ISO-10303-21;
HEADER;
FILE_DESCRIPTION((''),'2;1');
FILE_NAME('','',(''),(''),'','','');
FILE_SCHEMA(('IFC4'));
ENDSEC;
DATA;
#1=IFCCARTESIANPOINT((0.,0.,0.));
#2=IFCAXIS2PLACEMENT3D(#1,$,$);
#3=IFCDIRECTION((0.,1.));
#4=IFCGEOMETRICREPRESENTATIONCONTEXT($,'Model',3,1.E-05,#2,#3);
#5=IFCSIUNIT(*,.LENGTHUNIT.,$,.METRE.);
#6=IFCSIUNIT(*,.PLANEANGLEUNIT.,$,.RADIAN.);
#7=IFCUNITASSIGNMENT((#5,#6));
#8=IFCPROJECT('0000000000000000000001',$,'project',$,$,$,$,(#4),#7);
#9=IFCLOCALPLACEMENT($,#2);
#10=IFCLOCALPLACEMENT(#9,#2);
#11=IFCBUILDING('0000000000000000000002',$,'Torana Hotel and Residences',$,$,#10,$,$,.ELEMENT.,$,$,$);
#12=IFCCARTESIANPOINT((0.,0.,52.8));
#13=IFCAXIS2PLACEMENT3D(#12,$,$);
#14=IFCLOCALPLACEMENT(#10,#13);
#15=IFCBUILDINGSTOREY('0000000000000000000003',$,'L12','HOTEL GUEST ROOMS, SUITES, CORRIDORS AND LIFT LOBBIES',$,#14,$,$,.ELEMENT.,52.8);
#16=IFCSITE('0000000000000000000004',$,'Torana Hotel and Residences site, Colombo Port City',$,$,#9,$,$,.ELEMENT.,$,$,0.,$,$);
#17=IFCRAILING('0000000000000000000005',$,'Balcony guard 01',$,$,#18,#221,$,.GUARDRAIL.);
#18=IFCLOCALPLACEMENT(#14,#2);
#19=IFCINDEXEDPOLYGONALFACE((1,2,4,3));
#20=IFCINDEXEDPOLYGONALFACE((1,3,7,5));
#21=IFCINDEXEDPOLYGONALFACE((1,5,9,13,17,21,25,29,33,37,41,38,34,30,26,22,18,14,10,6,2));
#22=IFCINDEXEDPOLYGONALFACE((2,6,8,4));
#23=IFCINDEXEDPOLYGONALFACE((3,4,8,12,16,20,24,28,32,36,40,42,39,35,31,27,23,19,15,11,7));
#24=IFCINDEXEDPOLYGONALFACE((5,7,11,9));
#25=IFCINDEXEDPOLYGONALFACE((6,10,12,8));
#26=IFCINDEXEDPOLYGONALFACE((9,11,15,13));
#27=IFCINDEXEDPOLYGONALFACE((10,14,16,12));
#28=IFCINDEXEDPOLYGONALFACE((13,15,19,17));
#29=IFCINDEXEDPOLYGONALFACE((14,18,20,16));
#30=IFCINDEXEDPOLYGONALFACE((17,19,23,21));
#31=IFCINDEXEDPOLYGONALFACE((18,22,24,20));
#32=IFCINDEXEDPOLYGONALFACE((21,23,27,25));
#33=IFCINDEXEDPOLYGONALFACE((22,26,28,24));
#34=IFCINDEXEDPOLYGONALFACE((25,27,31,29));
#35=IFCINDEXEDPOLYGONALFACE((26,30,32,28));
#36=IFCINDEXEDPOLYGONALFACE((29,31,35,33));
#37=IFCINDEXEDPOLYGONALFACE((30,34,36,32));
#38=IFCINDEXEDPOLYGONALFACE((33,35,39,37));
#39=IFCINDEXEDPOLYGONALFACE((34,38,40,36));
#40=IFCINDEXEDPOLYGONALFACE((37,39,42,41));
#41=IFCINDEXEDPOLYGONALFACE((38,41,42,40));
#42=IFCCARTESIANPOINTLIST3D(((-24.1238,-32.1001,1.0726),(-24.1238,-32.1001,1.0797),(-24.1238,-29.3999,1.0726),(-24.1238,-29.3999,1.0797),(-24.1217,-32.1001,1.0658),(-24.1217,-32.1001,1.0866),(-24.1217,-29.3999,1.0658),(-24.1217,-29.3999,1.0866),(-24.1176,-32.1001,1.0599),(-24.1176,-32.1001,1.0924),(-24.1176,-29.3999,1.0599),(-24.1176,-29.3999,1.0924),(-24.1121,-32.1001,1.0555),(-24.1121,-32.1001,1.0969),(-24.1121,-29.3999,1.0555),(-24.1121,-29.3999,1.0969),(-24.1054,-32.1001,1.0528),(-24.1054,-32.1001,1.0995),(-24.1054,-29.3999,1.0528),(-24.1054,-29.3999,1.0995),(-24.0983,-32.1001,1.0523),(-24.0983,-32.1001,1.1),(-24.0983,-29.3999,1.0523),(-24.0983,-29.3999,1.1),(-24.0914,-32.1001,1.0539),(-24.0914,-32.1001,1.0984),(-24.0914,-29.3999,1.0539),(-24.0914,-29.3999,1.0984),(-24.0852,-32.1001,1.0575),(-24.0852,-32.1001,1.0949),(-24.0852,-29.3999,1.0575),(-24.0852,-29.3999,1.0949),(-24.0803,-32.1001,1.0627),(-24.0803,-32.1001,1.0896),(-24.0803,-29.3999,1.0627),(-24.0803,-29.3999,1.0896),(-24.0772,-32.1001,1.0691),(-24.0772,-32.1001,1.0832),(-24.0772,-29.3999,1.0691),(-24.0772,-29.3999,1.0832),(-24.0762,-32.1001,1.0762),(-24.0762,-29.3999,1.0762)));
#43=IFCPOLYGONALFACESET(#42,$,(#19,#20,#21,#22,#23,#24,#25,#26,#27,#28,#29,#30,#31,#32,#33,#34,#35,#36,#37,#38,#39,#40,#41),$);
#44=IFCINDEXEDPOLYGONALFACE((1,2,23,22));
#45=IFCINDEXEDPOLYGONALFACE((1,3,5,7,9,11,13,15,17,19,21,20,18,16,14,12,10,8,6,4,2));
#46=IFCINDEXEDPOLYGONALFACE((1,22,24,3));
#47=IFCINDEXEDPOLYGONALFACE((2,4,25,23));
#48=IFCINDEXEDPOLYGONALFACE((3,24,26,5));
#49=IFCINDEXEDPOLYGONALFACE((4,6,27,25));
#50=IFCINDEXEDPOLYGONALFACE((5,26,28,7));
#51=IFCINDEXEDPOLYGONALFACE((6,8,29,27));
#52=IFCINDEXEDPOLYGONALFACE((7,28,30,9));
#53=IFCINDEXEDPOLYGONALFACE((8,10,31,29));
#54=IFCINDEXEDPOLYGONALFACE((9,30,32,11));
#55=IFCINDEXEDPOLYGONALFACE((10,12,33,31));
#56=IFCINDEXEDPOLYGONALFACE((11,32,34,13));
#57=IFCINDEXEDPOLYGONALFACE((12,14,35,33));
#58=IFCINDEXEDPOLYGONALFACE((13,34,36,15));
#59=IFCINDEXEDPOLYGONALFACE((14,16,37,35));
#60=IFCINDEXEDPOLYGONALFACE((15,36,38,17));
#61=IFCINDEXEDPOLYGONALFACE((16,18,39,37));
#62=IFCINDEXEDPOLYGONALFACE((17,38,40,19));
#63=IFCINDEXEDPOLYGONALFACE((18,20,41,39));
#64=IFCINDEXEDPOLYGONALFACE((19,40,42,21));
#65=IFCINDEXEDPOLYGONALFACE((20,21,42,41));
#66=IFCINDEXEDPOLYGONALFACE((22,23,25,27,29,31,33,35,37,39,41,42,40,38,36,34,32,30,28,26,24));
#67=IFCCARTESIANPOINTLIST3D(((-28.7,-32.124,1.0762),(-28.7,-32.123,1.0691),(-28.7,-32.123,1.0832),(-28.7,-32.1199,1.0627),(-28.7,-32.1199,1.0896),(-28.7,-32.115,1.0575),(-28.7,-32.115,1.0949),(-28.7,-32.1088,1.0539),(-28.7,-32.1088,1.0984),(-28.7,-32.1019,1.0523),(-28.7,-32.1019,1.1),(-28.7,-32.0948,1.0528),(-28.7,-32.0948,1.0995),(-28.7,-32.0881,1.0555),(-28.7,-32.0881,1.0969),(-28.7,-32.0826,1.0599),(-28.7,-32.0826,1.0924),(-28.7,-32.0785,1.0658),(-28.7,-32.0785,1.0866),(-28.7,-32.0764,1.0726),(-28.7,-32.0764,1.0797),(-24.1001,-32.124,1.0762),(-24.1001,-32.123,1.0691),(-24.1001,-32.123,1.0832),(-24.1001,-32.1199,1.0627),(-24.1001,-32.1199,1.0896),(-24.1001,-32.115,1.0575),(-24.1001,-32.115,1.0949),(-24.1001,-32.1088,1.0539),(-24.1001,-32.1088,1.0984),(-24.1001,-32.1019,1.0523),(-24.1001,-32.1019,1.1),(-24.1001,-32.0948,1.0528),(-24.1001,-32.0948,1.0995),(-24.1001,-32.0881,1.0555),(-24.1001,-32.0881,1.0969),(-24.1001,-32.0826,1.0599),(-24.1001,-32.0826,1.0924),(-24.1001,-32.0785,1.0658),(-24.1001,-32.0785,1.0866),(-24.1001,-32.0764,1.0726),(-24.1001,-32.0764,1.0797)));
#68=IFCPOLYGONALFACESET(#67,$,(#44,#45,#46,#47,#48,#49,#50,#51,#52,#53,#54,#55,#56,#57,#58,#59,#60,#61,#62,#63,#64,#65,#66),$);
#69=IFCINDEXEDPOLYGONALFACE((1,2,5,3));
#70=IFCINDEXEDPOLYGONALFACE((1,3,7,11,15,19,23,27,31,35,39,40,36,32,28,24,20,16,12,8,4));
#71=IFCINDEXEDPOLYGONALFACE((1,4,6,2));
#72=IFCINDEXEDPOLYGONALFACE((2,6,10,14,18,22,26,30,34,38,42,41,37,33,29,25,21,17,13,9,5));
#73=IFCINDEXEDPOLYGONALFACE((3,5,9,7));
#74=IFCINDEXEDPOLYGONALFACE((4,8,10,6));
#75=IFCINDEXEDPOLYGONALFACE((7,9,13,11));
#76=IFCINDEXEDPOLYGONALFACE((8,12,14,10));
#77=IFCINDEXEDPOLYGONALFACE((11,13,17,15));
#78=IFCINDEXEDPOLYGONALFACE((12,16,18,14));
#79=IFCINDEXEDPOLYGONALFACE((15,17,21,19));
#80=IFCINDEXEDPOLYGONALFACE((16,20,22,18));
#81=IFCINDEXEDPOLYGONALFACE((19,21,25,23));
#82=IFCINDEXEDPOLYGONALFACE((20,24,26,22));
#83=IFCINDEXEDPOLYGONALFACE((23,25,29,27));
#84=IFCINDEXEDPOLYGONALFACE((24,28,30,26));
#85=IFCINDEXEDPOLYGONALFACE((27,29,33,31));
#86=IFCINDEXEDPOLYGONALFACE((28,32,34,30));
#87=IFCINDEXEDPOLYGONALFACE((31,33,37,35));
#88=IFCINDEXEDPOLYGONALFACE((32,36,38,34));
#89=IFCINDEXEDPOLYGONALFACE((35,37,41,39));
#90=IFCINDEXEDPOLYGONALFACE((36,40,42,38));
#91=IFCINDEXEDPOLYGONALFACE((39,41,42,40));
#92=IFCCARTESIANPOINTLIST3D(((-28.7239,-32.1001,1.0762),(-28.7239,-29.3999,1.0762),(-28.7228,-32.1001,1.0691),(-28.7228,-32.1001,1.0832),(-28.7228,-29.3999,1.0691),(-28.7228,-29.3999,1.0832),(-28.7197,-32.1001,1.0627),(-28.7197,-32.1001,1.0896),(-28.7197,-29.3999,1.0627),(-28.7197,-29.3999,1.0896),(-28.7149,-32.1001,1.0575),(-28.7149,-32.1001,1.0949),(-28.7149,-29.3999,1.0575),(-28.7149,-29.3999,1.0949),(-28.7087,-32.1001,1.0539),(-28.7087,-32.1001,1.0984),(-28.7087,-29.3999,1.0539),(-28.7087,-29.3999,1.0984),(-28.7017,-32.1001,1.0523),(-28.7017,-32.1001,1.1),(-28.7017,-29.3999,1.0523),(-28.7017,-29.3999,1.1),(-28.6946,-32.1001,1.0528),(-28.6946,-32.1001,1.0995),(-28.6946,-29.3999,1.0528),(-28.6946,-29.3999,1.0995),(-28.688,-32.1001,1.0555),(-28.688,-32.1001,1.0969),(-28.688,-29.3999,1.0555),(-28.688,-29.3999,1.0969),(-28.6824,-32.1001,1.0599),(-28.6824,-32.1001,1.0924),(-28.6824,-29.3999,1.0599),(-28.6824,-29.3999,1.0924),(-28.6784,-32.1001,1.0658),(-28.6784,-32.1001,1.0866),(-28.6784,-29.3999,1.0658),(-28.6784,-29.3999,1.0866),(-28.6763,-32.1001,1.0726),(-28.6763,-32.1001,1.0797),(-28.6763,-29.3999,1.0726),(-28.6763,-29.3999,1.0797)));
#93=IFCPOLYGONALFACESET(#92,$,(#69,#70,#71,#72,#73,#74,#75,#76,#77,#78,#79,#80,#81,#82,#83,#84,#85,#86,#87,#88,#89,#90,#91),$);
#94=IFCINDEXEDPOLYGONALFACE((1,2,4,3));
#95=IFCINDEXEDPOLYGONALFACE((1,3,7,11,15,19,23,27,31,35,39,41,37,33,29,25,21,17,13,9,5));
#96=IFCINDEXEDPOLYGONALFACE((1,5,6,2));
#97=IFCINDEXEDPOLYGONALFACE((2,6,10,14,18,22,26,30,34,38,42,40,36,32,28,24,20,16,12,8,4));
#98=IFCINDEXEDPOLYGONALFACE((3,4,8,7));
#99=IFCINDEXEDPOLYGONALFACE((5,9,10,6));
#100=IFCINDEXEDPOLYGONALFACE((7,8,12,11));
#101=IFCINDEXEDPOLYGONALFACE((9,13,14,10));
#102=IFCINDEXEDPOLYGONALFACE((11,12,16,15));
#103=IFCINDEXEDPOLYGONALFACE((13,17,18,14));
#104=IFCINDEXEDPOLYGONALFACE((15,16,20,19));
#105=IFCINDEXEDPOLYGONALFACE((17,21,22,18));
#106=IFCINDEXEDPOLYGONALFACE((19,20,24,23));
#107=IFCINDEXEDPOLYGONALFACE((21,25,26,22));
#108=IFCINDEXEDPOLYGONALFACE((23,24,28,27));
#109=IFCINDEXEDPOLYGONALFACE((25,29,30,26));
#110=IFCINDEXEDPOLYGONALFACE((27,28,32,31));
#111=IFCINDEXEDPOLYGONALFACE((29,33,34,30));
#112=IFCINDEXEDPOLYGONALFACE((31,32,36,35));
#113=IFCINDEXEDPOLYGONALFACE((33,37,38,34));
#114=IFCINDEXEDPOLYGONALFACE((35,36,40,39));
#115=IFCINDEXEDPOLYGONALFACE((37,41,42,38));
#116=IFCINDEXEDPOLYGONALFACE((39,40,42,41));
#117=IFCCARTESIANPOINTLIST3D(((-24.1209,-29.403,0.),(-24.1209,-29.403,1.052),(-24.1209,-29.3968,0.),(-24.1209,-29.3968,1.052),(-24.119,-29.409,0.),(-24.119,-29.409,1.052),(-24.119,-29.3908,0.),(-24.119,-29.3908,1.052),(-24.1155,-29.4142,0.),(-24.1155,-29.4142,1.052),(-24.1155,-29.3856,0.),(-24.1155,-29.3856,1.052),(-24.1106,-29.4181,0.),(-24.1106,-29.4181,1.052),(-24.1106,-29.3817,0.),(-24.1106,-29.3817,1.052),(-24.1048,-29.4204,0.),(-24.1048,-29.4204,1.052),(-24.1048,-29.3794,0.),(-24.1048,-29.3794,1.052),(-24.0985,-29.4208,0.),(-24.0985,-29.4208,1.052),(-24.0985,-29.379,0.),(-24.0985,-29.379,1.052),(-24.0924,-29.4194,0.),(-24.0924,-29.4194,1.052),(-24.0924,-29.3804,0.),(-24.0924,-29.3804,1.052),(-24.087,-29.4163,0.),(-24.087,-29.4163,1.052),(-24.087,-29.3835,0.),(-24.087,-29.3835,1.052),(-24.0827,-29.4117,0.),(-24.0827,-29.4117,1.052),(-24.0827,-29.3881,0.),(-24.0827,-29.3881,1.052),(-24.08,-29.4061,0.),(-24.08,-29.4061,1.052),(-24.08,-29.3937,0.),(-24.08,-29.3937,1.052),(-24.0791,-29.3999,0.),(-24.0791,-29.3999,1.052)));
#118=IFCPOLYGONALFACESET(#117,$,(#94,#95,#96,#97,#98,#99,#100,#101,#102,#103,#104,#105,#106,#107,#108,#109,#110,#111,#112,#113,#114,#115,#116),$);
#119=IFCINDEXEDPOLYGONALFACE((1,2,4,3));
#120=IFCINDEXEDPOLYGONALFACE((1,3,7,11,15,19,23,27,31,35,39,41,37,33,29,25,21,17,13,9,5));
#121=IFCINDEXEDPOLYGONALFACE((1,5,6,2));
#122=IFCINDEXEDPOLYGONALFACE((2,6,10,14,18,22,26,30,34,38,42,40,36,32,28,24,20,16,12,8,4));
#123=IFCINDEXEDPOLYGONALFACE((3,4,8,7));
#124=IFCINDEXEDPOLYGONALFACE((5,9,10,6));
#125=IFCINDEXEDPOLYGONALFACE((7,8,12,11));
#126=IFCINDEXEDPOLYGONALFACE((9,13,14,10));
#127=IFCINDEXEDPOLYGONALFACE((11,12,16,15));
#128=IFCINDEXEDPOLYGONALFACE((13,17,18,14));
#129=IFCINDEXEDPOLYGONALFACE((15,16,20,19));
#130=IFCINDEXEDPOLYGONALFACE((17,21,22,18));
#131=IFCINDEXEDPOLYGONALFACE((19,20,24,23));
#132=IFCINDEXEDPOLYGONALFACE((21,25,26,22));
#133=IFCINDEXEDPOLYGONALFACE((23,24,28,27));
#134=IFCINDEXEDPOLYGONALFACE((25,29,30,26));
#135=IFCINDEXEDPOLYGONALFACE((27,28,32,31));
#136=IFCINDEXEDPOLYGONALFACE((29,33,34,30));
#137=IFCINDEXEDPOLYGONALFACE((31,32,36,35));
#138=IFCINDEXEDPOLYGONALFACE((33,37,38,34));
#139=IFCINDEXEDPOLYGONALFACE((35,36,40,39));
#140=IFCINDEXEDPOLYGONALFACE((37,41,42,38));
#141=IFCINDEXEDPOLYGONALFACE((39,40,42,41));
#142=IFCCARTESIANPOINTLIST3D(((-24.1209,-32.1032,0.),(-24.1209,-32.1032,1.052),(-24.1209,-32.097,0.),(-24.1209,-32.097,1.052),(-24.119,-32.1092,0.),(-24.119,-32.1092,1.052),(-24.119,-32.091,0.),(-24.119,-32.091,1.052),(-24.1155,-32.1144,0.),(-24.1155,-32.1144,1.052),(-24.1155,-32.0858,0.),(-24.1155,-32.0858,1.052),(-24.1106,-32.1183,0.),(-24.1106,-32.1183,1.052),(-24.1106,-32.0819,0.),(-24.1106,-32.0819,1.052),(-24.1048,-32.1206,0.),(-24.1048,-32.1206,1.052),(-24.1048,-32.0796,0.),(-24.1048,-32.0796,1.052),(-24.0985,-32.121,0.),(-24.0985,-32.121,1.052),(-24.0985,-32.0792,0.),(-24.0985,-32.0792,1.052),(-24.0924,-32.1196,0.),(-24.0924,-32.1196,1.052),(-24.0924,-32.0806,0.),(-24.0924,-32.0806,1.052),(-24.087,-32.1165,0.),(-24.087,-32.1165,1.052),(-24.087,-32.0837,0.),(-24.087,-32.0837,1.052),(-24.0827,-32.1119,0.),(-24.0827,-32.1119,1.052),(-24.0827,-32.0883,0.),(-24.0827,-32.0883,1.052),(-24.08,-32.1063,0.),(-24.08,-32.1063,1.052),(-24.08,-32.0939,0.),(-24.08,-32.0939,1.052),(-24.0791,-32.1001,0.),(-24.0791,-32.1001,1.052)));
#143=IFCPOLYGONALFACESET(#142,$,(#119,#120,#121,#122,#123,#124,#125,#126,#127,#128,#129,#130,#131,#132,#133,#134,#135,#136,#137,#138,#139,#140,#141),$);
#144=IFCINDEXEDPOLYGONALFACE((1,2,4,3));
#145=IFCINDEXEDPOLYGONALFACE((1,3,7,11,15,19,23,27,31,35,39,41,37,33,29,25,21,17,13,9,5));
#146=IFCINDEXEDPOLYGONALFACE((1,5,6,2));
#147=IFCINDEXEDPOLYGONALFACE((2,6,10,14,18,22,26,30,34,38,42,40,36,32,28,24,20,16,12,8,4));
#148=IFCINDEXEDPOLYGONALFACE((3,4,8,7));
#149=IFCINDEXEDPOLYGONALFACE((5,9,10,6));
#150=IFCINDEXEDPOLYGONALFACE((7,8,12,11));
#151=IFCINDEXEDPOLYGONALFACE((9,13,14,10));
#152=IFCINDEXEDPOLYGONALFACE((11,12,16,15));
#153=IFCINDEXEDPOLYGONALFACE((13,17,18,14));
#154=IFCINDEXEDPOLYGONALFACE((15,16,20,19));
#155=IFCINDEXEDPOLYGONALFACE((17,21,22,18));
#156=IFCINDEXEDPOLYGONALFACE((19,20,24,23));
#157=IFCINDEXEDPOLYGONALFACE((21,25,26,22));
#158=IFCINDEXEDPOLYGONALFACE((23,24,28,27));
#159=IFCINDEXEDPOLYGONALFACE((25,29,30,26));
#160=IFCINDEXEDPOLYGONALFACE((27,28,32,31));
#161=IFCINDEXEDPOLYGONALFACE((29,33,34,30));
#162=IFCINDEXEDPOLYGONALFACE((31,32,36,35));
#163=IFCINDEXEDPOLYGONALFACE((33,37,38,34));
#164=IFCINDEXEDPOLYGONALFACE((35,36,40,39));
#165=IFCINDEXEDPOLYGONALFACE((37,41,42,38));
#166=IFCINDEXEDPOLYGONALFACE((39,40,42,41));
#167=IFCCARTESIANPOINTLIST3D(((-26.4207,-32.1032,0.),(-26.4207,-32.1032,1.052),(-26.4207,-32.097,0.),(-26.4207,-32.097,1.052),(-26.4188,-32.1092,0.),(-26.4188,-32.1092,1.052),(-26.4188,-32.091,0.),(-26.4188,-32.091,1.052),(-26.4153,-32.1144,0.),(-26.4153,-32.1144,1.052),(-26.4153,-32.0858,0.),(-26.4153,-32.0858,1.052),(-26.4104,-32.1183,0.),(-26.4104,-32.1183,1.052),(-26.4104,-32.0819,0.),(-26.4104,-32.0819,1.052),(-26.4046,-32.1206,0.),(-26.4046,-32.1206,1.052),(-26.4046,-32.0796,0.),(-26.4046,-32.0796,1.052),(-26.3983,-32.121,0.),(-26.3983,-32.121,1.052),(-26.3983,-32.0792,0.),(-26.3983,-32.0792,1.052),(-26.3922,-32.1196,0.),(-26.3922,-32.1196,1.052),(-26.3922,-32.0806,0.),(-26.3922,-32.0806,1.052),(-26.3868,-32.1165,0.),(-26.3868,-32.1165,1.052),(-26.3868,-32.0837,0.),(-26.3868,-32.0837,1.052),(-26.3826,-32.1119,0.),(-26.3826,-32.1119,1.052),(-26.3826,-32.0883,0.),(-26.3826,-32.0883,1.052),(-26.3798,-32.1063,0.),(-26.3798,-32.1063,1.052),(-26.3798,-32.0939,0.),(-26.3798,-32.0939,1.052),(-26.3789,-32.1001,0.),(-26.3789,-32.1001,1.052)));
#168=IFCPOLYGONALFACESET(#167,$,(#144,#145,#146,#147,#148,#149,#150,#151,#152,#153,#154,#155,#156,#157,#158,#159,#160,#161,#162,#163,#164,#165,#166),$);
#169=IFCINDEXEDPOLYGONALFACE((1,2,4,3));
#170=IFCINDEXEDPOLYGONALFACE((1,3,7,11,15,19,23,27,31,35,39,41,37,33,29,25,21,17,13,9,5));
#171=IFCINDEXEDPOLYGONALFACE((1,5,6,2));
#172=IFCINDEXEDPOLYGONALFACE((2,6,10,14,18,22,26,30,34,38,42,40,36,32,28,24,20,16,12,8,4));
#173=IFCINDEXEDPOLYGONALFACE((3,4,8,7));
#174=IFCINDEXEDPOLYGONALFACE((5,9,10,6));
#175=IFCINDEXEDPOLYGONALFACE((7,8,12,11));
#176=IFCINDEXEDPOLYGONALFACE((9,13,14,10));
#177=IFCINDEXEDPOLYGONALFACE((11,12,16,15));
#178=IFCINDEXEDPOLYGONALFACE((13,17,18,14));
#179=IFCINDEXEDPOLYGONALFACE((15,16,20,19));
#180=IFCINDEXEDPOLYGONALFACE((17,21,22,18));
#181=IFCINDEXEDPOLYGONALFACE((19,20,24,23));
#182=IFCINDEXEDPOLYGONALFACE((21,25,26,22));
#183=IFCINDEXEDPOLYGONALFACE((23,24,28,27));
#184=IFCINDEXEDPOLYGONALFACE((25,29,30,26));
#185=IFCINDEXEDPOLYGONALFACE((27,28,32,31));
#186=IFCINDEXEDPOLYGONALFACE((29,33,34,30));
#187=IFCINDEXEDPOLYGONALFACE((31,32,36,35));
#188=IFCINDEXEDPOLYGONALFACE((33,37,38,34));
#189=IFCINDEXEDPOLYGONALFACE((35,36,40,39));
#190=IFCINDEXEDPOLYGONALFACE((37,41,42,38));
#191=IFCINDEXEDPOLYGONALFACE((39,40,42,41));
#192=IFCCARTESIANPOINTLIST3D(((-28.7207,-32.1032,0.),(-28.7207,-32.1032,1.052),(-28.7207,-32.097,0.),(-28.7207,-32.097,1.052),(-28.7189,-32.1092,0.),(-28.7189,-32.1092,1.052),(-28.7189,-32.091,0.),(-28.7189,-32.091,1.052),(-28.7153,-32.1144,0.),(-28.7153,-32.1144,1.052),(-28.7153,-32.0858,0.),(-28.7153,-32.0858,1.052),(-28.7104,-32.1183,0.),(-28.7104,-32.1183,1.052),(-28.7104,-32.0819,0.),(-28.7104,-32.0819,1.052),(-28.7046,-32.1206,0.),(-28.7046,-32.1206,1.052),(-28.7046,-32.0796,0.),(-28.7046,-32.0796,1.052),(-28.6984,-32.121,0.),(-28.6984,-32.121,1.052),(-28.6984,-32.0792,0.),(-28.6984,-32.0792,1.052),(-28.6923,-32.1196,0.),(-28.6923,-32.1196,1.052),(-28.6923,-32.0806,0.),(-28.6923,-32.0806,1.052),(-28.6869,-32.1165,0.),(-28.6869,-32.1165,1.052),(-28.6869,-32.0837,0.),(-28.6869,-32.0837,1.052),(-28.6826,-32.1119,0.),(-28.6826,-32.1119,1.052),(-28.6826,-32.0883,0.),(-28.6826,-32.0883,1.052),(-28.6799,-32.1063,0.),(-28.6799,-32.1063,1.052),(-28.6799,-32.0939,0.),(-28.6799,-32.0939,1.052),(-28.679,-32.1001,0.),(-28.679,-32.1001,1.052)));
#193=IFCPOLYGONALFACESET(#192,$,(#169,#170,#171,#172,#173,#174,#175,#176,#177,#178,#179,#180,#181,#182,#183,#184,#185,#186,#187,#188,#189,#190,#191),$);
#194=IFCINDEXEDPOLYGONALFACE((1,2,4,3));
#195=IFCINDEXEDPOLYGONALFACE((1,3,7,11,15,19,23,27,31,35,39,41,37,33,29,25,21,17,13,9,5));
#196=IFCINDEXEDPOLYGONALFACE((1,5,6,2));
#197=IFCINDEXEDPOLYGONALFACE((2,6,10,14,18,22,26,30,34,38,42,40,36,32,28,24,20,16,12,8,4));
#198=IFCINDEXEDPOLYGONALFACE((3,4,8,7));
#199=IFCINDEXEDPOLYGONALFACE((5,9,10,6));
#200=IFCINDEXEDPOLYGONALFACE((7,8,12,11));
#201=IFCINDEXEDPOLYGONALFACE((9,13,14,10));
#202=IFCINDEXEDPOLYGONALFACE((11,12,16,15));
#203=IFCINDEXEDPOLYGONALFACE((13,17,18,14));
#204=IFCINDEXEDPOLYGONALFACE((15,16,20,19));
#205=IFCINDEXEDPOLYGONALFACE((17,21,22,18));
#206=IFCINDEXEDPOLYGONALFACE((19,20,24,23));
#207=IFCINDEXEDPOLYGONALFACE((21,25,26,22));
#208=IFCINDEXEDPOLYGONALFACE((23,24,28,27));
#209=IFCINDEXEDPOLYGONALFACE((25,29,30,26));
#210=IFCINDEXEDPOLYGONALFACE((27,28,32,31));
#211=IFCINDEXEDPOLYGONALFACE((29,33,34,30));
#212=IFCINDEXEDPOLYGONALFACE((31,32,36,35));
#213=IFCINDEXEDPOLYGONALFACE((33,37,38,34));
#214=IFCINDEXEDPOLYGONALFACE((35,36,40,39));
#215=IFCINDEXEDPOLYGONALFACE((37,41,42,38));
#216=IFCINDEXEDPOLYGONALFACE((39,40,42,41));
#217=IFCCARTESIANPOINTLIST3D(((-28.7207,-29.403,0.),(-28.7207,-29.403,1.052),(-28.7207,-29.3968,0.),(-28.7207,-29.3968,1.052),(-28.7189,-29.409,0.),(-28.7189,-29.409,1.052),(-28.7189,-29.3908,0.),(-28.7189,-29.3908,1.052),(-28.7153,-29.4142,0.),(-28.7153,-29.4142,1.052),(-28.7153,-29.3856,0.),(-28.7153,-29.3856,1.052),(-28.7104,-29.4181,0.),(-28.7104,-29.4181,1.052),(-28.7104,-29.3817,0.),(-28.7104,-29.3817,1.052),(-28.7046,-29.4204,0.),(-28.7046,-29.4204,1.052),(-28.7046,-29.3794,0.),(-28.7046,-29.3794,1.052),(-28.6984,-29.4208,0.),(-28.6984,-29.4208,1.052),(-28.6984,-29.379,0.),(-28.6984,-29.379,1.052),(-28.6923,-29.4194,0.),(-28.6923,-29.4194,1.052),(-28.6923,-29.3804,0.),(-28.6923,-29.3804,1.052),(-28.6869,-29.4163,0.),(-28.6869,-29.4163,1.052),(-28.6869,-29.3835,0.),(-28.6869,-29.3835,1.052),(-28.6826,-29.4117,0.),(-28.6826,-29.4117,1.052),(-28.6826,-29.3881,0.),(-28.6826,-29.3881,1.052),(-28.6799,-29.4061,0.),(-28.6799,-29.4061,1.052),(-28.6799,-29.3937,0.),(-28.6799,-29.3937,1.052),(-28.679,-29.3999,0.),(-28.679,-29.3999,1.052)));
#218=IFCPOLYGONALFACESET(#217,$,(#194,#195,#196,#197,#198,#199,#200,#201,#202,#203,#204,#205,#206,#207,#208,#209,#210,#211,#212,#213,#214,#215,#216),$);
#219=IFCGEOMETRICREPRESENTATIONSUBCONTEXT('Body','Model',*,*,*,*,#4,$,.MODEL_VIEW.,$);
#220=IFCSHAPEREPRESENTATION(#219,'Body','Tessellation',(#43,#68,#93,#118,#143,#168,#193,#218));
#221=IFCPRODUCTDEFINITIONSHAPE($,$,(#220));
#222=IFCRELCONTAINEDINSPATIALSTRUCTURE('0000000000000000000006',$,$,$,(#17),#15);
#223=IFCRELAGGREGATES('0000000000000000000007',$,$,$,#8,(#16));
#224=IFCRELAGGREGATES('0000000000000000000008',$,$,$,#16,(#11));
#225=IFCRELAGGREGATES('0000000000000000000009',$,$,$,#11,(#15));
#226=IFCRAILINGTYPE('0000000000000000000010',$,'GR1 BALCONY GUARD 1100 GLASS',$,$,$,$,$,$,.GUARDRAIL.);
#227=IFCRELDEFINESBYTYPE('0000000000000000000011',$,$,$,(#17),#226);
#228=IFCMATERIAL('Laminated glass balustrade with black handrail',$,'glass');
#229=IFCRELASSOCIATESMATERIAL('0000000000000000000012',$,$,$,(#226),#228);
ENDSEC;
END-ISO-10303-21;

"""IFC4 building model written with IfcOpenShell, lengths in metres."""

from ifc_helpers import new_model, si_unit, direction, frame, origin, origin_2d, place, context, subcontext, project, spatial, circle, extrude, material, type_object, element, save


model = new_model("IFC4")

# Units and contexts
model_context = context("Model", 3, precision=1e-05, world=origin(), true_north=direction((0.0, 1.0)))
body_context = subcontext(model_context, "Body", "Model", "MODEL_VIEW")
ifc_project = project(units=[si_unit("LENGTHUNIT", "METRE"), si_unit("PLANEANGLEUNIT", "RADIAN")], contexts=[model_context])

# Site, building, storey
site_placement = place(None, origin())
site = spatial("IfcSite", under=ifc_project, at=site_placement, Name="Torana Hotel and Residences site, Colombo Port City", CompositionType="ELEMENT", RefElevation=0.0)
building_placement = place(site_placement, origin())
building = spatial("IfcBuilding", under=site, at=building_placement, Name="Torana Hotel and Residences", CompositionType="ELEMENT")
storey_placement = place(building_placement, frame((0.0, 0.0, 52.8)))
storey = spatial("IfcBuildingStorey", under=building, at=storey_placement, Name="L12", Description="HOTEL GUEST ROOMS, SUITES, CORRIDORS AND LIFT LOBBIES", CompositionType="ELEMENT", Elevation=52.8)

# Railing
ifc_material_1 = material(Name="Laminated glass balustrade with black handrail", Category="glass")
railing_type = type_object("IfcRailingType", Name="GR1 BALCONY GUARD 1100 GLASS", PredefinedType="GUARDRAIL", material=ifc_material_1)
railing_placement = place(storey_placement, frame((-24.1001, -29.3999, 0.0)))
element("IfcRailing", 1, at=railing_placement, inside=storey, type_object=railing_type, Name="Balcony guard 01", PredefinedType="GUARDRAIL", context=body_context, shape_type="SweptSolid", body=[
    extrude(circle(Radius=0.0239, at=origin_2d()), frame((0.0, 0.0, 1.0762), z_axis=(0.0, -1.0, 0.0), x_axis=(1.0, 0.0, 0.0)), (0.0, 0.0, 1.0), 2.7002),
    extrude(circle(Radius=0.0239, at=origin_2d()), frame((0.0, -2.7002, 1.0762), z_axis=(-1.0, 0.0, 0.0), x_axis=(0.0, -1.0, 0.0)), (0.0, 0.0, 1.0), 4.5999),
    extrude(circle(Radius=0.0239, at=origin_2d()), frame((-4.5999, -2.7002, 1.0762), z_axis=(0.0, 1.0, 0.0), x_axis=(-1.0, 0.0, 0.0)), (0.0, 0.0, 1.0), 2.7002),
    extrude(circle(Radius=0.021, at=origin_2d()), origin(), (0.0, 0.0, 1.0), 1.052),
    extrude(circle(Radius=0.021, at=origin_2d()), frame((0.0, -2.7002, 0.0)), (0.0, 0.0, 1.0), 1.052),
    extrude(circle(Radius=0.021, at=origin_2d()), frame((-2.2998, -2.7002, 0.0)), (0.0, 0.0, 1.0), 1.052),
    extrude(circle(Radius=0.021, at=origin_2d()), frame((-4.5999, -2.7002, 0.0)), (0.0, 0.0, 1.0), 1.052),
    extrude(circle(Radius=0.021, at=origin_2d()), frame((-4.5999, 0.0, 0.0)), (0.0, 0.0, 1.0), 1.052),
])

save(model, "model.ifc")
